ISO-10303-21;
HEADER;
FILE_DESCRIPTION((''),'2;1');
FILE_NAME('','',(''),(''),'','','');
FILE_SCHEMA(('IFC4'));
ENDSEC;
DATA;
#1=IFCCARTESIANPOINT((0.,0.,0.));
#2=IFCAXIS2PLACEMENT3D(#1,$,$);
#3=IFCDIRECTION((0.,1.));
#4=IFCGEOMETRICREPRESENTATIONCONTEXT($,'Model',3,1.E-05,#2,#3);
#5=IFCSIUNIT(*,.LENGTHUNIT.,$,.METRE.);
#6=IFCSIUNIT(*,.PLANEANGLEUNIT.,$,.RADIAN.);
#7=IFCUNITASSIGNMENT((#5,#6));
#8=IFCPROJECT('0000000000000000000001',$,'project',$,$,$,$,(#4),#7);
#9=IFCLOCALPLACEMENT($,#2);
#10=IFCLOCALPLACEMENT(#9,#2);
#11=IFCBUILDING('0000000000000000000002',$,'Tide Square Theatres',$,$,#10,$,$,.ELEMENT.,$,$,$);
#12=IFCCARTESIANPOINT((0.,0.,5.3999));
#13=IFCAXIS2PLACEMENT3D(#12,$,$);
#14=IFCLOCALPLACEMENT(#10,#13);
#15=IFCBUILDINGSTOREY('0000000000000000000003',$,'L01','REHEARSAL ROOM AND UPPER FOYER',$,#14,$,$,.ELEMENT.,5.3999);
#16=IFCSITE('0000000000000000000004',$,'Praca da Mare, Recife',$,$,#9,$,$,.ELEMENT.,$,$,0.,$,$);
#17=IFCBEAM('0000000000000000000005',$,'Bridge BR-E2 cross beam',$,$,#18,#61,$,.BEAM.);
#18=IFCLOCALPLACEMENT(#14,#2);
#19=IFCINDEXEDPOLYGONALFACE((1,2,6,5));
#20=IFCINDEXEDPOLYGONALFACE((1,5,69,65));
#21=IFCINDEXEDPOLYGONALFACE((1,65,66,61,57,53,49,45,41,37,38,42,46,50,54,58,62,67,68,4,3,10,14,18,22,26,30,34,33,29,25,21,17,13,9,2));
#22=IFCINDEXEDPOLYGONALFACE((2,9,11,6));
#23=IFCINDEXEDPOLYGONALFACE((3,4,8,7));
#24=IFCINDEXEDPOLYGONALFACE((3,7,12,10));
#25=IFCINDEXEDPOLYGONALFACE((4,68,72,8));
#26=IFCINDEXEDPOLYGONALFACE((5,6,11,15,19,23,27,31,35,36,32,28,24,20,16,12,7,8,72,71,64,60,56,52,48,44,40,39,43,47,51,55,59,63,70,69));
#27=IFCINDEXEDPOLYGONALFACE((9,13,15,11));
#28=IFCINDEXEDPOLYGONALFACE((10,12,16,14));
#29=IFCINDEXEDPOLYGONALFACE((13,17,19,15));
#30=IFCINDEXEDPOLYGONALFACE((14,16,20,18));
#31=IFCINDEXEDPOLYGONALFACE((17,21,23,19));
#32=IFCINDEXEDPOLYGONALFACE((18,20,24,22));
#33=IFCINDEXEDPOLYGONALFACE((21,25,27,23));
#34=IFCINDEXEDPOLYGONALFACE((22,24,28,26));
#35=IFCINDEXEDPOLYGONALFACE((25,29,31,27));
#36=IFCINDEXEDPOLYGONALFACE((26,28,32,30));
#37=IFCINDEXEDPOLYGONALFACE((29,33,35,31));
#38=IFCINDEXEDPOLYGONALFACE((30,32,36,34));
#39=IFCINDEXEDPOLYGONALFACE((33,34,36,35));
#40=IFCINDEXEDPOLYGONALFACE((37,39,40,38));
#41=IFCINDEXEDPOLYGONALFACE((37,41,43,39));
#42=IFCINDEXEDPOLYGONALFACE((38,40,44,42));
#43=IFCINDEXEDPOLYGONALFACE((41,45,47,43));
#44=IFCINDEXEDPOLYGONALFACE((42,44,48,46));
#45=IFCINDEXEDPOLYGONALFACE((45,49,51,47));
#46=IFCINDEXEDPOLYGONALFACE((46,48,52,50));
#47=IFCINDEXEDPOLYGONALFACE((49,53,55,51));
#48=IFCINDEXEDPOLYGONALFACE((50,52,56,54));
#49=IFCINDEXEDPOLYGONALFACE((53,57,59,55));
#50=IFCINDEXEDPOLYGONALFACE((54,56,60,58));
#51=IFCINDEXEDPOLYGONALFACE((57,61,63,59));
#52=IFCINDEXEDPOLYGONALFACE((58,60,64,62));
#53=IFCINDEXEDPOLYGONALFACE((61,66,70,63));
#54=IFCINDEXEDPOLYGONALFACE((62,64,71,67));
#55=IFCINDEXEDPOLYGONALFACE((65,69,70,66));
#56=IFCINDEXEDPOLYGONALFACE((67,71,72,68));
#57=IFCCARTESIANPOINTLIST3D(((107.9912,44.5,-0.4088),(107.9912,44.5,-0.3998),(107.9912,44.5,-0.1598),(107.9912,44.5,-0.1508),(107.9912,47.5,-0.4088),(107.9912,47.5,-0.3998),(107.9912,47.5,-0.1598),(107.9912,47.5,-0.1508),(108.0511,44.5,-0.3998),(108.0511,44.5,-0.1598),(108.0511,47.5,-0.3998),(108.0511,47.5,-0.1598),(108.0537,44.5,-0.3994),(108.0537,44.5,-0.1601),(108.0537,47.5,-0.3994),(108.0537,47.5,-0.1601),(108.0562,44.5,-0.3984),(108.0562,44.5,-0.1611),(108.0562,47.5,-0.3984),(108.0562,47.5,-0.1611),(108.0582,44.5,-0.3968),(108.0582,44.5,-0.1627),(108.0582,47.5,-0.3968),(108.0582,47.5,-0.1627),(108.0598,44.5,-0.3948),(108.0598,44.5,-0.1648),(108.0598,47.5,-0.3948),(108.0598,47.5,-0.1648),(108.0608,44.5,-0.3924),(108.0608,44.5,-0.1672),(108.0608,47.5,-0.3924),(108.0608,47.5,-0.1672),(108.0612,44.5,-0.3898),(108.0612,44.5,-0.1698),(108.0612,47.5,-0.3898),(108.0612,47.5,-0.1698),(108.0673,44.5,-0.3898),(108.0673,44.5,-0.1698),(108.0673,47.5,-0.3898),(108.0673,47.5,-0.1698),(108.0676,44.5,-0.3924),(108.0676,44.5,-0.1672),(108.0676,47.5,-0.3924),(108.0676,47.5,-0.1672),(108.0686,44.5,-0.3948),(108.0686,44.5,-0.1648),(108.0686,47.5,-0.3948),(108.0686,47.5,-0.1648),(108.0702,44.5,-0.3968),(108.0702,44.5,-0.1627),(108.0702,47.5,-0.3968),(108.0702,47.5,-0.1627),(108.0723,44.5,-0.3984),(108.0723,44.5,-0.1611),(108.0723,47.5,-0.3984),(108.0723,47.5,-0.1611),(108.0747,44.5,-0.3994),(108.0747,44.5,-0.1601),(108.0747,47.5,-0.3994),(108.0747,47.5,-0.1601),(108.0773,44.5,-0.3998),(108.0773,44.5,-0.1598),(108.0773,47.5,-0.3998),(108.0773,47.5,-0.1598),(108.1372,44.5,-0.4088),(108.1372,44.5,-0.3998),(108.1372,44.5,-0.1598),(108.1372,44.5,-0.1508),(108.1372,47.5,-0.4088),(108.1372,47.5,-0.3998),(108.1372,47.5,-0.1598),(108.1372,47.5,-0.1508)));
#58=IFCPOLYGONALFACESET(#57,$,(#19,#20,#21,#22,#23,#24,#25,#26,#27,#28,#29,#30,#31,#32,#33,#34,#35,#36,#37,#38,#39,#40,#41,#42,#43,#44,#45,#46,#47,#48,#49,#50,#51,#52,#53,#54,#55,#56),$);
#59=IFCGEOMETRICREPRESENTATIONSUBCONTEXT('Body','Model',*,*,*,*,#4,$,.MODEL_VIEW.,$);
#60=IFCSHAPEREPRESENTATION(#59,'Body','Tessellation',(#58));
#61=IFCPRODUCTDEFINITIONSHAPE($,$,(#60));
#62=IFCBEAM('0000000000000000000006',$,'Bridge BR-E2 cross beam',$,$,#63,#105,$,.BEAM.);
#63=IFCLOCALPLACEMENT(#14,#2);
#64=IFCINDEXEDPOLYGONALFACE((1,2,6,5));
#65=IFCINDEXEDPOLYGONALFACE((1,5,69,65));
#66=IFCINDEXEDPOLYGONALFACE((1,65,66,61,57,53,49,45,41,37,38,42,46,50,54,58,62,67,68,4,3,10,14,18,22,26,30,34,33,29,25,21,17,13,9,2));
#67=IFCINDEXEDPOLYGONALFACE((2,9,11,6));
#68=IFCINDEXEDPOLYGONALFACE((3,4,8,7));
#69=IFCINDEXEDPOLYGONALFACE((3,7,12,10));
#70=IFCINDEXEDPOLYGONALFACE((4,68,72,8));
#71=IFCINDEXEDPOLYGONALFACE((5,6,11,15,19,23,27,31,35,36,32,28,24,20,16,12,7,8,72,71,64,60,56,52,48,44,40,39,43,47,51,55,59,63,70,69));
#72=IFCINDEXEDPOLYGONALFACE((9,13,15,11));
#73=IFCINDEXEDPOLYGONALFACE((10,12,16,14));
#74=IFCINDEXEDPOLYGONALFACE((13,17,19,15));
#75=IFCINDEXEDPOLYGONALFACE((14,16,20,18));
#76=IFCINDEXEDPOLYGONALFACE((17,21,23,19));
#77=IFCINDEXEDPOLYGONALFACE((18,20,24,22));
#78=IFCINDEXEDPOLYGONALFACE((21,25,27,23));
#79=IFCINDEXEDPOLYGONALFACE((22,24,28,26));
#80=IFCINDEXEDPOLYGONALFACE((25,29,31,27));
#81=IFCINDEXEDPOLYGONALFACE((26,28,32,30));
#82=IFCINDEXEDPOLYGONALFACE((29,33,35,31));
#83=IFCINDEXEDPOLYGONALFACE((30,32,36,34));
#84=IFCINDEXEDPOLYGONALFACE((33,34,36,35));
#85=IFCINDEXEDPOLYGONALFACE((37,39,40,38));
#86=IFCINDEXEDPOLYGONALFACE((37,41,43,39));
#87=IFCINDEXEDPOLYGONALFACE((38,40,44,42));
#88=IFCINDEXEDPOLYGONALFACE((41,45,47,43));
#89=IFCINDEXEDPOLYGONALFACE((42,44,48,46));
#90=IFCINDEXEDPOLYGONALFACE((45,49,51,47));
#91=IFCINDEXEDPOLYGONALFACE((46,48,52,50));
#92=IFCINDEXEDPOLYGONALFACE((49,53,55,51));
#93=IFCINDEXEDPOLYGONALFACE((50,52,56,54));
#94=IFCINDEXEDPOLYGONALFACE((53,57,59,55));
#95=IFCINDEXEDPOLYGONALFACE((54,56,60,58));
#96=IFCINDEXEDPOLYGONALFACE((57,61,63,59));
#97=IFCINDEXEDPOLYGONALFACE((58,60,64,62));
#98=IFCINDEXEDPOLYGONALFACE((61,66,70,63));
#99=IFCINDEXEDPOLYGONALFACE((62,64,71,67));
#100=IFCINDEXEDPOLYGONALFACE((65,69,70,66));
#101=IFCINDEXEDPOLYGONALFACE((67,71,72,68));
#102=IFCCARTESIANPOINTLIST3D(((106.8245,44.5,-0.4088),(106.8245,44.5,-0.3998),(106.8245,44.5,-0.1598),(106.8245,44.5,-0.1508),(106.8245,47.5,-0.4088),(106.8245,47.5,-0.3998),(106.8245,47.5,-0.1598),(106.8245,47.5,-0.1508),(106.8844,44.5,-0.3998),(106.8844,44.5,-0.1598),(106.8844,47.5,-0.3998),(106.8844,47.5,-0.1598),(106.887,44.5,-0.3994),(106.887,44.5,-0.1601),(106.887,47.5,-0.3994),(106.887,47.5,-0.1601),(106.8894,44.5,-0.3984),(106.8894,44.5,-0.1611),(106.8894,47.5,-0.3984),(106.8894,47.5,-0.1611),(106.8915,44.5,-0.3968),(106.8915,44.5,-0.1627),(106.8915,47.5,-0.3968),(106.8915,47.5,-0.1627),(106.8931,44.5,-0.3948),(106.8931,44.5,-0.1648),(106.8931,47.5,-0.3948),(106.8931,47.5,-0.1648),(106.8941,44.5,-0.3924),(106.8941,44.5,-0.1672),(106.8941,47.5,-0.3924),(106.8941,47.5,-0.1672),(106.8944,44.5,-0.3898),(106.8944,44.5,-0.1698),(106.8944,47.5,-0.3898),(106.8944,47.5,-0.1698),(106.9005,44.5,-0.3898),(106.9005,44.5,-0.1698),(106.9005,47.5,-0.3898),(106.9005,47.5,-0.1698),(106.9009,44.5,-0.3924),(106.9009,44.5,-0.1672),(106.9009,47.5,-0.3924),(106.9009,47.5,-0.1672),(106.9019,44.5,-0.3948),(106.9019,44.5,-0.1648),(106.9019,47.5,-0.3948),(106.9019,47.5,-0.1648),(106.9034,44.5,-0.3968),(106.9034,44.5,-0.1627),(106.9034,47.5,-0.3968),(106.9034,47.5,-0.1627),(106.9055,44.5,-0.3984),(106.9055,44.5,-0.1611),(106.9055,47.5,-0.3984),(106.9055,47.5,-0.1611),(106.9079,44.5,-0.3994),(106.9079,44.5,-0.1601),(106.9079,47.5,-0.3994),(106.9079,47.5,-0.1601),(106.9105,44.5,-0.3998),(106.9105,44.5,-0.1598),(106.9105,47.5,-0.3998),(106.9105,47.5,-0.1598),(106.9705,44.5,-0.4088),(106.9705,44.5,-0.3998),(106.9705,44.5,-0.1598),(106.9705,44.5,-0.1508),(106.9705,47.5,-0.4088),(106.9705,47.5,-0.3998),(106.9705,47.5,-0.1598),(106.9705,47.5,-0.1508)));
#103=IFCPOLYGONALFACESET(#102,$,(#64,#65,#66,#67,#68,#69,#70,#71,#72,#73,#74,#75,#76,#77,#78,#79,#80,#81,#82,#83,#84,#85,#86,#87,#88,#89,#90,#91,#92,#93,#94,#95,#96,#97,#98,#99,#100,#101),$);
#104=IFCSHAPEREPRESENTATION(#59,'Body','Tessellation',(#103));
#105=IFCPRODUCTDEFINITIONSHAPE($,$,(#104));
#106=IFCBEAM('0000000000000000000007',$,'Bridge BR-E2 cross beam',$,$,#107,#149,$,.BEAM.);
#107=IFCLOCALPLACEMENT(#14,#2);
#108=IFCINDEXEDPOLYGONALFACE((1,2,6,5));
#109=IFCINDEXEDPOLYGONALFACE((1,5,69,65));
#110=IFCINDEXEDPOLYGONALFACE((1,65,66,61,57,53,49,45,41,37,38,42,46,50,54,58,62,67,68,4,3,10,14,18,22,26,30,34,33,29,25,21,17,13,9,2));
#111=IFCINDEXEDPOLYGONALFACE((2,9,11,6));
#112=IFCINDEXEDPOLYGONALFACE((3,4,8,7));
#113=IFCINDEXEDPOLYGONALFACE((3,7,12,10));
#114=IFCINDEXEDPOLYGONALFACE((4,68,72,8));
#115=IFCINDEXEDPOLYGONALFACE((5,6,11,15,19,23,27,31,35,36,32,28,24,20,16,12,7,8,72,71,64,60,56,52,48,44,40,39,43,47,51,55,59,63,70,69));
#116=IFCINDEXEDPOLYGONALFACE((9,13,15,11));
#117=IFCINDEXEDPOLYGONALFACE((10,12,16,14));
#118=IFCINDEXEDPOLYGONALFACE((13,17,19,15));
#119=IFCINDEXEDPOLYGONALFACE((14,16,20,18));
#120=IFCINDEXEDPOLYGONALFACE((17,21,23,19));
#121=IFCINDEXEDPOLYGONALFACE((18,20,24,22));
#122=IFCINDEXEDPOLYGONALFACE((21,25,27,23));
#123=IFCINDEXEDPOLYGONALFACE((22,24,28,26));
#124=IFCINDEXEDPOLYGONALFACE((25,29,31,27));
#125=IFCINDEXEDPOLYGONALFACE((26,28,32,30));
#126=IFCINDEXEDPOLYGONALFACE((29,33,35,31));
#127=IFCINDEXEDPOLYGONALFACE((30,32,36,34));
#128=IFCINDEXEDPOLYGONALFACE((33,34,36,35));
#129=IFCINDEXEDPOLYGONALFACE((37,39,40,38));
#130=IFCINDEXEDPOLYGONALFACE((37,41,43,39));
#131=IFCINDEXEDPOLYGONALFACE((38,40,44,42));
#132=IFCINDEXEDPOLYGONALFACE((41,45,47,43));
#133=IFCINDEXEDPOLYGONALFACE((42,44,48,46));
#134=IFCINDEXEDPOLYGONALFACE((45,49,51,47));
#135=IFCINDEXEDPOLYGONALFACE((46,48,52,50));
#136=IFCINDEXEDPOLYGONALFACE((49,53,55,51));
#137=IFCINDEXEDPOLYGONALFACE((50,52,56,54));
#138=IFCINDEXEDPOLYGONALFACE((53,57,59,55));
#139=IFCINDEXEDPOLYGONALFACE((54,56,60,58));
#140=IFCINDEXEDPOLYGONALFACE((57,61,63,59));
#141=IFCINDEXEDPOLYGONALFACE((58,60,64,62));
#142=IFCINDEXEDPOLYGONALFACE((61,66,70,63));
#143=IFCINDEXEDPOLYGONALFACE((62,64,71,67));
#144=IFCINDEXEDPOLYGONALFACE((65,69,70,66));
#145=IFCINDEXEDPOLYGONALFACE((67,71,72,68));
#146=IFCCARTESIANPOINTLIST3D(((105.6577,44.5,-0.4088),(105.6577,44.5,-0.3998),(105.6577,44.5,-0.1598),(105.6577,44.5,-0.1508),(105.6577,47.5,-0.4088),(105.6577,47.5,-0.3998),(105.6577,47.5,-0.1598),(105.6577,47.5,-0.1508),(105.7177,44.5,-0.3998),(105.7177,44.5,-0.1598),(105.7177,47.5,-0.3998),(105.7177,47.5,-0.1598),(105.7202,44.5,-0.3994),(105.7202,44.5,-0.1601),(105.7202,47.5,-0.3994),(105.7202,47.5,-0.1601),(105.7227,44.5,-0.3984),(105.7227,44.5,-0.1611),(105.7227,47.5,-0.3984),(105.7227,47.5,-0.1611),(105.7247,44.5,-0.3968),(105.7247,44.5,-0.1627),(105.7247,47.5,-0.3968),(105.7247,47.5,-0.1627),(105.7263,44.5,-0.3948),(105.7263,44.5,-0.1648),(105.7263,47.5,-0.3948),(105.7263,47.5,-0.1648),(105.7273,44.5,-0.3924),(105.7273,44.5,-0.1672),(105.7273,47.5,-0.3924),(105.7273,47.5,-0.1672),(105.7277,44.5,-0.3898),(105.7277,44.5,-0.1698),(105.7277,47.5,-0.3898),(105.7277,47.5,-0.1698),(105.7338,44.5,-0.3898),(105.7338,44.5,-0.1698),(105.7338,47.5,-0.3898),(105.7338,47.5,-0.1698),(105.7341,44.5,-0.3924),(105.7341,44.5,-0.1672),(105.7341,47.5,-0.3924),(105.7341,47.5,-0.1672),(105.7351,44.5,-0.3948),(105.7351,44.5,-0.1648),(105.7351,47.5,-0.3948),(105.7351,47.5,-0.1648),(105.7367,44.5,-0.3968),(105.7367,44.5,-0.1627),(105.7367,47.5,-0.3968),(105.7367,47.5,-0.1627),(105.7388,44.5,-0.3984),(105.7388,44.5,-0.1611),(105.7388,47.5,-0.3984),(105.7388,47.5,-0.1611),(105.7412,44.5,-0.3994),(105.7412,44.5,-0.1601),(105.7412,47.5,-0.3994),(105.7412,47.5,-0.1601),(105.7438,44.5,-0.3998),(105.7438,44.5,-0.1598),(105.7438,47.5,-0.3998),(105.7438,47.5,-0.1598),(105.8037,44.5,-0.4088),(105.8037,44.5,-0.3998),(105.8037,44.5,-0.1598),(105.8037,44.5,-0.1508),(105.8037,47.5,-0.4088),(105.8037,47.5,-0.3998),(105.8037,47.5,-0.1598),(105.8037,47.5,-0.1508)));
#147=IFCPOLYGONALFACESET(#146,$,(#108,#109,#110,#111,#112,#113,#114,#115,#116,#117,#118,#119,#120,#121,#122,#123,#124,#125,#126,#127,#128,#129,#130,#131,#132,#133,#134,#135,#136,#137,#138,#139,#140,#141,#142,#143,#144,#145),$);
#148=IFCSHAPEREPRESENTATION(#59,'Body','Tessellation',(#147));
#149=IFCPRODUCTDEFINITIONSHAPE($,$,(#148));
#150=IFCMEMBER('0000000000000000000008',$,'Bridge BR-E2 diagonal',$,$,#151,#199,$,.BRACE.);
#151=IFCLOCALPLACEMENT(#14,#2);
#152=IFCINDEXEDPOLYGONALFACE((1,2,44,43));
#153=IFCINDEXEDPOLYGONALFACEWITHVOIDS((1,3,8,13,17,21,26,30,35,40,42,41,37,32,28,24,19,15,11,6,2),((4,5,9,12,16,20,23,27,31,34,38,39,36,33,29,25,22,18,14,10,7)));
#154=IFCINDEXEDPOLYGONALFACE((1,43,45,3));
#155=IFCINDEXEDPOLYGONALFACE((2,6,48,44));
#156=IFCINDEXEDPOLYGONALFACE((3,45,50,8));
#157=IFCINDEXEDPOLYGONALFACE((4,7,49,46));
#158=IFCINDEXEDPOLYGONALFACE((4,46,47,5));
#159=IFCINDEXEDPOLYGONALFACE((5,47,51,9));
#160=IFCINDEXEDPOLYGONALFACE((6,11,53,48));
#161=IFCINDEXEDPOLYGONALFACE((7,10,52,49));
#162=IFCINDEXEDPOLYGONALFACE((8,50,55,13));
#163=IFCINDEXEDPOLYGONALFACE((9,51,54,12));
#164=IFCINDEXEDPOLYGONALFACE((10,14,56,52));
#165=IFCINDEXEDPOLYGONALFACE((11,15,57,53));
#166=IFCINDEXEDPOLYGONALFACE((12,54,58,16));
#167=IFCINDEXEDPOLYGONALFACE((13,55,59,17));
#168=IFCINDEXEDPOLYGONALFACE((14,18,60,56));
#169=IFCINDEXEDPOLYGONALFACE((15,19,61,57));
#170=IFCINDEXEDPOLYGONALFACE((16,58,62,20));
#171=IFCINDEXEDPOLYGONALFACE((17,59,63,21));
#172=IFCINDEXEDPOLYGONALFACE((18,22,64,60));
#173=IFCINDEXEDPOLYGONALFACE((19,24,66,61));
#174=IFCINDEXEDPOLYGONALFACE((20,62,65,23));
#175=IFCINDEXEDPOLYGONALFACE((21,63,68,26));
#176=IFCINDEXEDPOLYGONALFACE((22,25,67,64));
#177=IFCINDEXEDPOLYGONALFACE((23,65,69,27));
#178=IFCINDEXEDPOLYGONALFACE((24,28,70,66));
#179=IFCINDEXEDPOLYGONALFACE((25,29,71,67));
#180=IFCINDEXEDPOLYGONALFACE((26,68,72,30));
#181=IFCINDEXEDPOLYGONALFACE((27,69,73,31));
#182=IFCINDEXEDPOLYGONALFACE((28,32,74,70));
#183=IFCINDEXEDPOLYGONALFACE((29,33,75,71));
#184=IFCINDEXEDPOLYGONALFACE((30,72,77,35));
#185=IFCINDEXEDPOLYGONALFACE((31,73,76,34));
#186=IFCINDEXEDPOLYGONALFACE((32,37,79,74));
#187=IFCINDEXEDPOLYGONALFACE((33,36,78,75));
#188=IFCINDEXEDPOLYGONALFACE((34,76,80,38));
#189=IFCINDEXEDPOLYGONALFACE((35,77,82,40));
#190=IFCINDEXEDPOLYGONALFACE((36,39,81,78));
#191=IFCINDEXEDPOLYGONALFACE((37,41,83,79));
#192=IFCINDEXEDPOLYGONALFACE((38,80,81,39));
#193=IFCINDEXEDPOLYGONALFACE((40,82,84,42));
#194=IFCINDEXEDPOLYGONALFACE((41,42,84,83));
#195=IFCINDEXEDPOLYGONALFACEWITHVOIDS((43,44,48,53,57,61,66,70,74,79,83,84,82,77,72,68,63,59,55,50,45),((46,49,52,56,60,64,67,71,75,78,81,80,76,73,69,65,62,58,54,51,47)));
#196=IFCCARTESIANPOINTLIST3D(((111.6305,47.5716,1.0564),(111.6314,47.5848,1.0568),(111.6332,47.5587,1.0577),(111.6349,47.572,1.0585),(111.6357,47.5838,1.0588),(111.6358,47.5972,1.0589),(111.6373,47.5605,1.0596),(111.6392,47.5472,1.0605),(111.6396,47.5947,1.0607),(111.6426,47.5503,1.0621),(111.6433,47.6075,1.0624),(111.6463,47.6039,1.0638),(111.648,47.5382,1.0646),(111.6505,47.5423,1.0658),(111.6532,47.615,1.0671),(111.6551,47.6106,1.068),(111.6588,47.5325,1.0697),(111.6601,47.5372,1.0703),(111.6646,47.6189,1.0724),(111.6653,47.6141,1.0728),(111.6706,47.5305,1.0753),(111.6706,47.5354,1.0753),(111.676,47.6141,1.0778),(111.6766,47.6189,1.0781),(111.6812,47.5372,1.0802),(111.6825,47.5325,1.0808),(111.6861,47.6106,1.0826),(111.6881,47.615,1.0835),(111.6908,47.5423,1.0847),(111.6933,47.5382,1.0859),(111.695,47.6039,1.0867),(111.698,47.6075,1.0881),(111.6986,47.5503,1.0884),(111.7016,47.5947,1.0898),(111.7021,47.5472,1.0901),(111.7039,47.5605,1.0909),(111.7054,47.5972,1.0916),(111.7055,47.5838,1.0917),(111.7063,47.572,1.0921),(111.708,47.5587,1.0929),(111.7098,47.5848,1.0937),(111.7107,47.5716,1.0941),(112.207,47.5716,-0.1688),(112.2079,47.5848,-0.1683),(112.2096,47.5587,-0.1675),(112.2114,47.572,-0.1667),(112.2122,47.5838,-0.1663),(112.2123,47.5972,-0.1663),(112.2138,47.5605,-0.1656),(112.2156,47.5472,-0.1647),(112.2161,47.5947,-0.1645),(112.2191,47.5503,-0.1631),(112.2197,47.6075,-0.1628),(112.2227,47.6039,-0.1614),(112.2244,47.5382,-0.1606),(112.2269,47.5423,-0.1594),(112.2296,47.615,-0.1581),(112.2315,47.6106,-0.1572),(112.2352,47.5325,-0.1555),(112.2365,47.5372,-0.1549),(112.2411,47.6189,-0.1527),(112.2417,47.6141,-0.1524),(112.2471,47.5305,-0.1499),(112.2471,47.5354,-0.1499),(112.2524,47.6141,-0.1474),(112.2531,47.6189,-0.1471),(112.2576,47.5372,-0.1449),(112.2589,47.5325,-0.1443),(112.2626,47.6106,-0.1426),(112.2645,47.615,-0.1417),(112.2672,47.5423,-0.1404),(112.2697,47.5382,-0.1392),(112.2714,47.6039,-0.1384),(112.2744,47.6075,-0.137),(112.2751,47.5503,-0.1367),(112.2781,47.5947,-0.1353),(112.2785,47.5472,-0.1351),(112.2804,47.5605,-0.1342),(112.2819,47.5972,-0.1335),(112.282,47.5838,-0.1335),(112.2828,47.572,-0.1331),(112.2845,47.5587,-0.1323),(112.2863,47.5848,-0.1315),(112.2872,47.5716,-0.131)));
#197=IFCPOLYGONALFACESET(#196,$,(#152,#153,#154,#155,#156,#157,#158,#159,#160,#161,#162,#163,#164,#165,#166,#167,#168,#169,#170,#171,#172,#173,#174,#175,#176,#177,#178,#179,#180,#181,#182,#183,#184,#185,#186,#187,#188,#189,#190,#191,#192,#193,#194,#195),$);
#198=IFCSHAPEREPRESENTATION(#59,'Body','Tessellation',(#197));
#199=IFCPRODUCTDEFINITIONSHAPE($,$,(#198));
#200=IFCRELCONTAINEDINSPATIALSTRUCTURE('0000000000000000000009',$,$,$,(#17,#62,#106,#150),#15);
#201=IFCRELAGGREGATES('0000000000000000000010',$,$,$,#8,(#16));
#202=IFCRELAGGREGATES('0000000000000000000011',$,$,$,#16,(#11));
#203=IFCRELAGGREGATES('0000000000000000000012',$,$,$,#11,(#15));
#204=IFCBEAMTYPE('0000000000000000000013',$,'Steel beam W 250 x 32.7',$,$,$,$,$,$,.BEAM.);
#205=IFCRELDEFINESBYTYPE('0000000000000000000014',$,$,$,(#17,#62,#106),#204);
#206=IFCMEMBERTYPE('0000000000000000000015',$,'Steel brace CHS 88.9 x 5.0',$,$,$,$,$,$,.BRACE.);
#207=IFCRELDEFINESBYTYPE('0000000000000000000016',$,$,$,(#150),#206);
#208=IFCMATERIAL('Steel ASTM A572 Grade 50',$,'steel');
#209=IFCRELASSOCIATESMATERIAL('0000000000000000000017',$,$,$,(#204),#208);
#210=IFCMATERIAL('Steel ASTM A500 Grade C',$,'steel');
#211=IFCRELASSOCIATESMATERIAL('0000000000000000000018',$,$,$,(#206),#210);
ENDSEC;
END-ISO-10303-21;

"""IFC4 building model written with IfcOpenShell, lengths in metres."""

from ifc_helpers import new_model, si_unit, direction, frame, origin, origin_2d, place, context, subcontext, project, spatial, hollow_circle, i_section, extrude, material, material_profile, profile_set, type_object, element, save


model = new_model("IFC4")

# Units and contexts
model_context = context("Model", 3, precision=1e-05, world=origin(), true_north=direction((0.0, 1.0)))
body_context = subcontext(model_context, "Body", "Model", "MODEL_VIEW")
ifc_project = project(units=[si_unit("LENGTHUNIT", "METRE"), si_unit("PLANEANGLEUNIT", "RADIAN")], contexts=[model_context])

# Site, building, storey
site_placement = place(None, origin())
site = spatial("IfcSite", under=ifc_project, at=site_placement, Name="Praca da Mare, Recife", CompositionType="ELEMENT", RefElevation=0.0)
building_placement = place(site_placement, origin())
building = spatial("IfcBuilding", under=site, at=building_placement, Name="Tide Square Theatres", CompositionType="ELEMENT")
storey_placement = place(building_placement, frame((0.0, 0.0, 5.3999)))
storey = spatial("IfcBuildingStorey", under=building, at=storey_placement, Name="L01", Description="REHEARSAL ROOM AND UPPER FOYER", CompositionType="ELEMENT", Elevation=5.3999)

# Beams
ifc_material_1 = material(Name="Steel ASTM A572 Grade 50", Category="steel")
ifc_material_profile_1 = material_profile(ifc_material_1, i_section(OverallWidth=0.146, OverallDepth=0.2581, WebThickness=0.0061, FlangeThickness=0.009, FilletRadius=0.01, at=origin_2d()))
ifc_profile_set_1 = profile_set([ifc_material_profile_1], Name="Steel ASTM A572 Grade 50")
beam_type = type_object("IfcBeamType", Name="Steel beam W 250 x 32.7", PredefinedType="BEAM", material=ifc_profile_set_1)
for number, where, z_axis, x_axis, name in (
    (1, (108.0642, 47.5, -0.2798), (0.0, -1.0, 0.0), (1.0, 0.0, 0.0), "Bridge BR-E2 cross beam"),
    (2, (106.8975, 47.5, -0.2798), (0.0, -1.0, 0.0), (1.0, 0.0, 0.0), "Bridge BR-E2 cross beam"),
    (3, (105.7307, 47.5, -0.2798), (0.0, -1.0, 0.0), (1.0, 0.0, 0.0), "Bridge BR-E2 cross beam"),
):
    element("IfcBeam", number, at=place(storey_placement, frame(where, z_axis=z_axis, x_axis=x_axis)), inside=storey, type_object=beam_type, Name=name, PredefinedType="BEAM", context=body_context, shape_type="SweptSolid", body=[
        extrude(i_section(OverallWidth=0.146, OverallDepth=0.2581, WebThickness=0.0061, FlangeThickness=0.009, FilletRadius=0.01, at=origin_2d()), origin(), (0.0, 0.0, 1.0), 3.0),
    ])

# Member
ifc_material_2 = material(Name="Steel ASTM A500 Grade C", Category="steel")
ifc_material_profile_2 = material_profile(ifc_material_2, hollow_circle(Radius=0.0444, WallThickness=0.0049, at=origin_2d()))
ifc_profile_set_2 = profile_set([ifc_material_profile_2], Name="Steel ASTM A500 Grade C")
member_type_1 = type_object("IfcMemberType", Name="Steel brace CHS 88.9 x 5.0", PredefinedType="BRACE", material=ifc_profile_set_2)
for number, where, z_axis, x_axis, name in (
    (4, (112.2471, 47.575, -0.1499), (-0.425736, 0.0, 0.904847), (0.0, -1.0, 0.0), "Bridge BR-E2 diagonal"),
):
    element("IfcMember", number, at=place(storey_placement, frame(where, z_axis=z_axis, x_axis=x_axis)), inside=storey, type_object=member_type_1, Name=name, PredefinedType="BRACE", context=body_context, shape_type="SweptSolid", body=[
        extrude(hollow_circle(Radius=0.0444, WallThickness=0.0049, at=origin_2d()), origin(), (0.0, 0.0, 1.0), 1.354),
    ])

save(model, "model.ifc")
